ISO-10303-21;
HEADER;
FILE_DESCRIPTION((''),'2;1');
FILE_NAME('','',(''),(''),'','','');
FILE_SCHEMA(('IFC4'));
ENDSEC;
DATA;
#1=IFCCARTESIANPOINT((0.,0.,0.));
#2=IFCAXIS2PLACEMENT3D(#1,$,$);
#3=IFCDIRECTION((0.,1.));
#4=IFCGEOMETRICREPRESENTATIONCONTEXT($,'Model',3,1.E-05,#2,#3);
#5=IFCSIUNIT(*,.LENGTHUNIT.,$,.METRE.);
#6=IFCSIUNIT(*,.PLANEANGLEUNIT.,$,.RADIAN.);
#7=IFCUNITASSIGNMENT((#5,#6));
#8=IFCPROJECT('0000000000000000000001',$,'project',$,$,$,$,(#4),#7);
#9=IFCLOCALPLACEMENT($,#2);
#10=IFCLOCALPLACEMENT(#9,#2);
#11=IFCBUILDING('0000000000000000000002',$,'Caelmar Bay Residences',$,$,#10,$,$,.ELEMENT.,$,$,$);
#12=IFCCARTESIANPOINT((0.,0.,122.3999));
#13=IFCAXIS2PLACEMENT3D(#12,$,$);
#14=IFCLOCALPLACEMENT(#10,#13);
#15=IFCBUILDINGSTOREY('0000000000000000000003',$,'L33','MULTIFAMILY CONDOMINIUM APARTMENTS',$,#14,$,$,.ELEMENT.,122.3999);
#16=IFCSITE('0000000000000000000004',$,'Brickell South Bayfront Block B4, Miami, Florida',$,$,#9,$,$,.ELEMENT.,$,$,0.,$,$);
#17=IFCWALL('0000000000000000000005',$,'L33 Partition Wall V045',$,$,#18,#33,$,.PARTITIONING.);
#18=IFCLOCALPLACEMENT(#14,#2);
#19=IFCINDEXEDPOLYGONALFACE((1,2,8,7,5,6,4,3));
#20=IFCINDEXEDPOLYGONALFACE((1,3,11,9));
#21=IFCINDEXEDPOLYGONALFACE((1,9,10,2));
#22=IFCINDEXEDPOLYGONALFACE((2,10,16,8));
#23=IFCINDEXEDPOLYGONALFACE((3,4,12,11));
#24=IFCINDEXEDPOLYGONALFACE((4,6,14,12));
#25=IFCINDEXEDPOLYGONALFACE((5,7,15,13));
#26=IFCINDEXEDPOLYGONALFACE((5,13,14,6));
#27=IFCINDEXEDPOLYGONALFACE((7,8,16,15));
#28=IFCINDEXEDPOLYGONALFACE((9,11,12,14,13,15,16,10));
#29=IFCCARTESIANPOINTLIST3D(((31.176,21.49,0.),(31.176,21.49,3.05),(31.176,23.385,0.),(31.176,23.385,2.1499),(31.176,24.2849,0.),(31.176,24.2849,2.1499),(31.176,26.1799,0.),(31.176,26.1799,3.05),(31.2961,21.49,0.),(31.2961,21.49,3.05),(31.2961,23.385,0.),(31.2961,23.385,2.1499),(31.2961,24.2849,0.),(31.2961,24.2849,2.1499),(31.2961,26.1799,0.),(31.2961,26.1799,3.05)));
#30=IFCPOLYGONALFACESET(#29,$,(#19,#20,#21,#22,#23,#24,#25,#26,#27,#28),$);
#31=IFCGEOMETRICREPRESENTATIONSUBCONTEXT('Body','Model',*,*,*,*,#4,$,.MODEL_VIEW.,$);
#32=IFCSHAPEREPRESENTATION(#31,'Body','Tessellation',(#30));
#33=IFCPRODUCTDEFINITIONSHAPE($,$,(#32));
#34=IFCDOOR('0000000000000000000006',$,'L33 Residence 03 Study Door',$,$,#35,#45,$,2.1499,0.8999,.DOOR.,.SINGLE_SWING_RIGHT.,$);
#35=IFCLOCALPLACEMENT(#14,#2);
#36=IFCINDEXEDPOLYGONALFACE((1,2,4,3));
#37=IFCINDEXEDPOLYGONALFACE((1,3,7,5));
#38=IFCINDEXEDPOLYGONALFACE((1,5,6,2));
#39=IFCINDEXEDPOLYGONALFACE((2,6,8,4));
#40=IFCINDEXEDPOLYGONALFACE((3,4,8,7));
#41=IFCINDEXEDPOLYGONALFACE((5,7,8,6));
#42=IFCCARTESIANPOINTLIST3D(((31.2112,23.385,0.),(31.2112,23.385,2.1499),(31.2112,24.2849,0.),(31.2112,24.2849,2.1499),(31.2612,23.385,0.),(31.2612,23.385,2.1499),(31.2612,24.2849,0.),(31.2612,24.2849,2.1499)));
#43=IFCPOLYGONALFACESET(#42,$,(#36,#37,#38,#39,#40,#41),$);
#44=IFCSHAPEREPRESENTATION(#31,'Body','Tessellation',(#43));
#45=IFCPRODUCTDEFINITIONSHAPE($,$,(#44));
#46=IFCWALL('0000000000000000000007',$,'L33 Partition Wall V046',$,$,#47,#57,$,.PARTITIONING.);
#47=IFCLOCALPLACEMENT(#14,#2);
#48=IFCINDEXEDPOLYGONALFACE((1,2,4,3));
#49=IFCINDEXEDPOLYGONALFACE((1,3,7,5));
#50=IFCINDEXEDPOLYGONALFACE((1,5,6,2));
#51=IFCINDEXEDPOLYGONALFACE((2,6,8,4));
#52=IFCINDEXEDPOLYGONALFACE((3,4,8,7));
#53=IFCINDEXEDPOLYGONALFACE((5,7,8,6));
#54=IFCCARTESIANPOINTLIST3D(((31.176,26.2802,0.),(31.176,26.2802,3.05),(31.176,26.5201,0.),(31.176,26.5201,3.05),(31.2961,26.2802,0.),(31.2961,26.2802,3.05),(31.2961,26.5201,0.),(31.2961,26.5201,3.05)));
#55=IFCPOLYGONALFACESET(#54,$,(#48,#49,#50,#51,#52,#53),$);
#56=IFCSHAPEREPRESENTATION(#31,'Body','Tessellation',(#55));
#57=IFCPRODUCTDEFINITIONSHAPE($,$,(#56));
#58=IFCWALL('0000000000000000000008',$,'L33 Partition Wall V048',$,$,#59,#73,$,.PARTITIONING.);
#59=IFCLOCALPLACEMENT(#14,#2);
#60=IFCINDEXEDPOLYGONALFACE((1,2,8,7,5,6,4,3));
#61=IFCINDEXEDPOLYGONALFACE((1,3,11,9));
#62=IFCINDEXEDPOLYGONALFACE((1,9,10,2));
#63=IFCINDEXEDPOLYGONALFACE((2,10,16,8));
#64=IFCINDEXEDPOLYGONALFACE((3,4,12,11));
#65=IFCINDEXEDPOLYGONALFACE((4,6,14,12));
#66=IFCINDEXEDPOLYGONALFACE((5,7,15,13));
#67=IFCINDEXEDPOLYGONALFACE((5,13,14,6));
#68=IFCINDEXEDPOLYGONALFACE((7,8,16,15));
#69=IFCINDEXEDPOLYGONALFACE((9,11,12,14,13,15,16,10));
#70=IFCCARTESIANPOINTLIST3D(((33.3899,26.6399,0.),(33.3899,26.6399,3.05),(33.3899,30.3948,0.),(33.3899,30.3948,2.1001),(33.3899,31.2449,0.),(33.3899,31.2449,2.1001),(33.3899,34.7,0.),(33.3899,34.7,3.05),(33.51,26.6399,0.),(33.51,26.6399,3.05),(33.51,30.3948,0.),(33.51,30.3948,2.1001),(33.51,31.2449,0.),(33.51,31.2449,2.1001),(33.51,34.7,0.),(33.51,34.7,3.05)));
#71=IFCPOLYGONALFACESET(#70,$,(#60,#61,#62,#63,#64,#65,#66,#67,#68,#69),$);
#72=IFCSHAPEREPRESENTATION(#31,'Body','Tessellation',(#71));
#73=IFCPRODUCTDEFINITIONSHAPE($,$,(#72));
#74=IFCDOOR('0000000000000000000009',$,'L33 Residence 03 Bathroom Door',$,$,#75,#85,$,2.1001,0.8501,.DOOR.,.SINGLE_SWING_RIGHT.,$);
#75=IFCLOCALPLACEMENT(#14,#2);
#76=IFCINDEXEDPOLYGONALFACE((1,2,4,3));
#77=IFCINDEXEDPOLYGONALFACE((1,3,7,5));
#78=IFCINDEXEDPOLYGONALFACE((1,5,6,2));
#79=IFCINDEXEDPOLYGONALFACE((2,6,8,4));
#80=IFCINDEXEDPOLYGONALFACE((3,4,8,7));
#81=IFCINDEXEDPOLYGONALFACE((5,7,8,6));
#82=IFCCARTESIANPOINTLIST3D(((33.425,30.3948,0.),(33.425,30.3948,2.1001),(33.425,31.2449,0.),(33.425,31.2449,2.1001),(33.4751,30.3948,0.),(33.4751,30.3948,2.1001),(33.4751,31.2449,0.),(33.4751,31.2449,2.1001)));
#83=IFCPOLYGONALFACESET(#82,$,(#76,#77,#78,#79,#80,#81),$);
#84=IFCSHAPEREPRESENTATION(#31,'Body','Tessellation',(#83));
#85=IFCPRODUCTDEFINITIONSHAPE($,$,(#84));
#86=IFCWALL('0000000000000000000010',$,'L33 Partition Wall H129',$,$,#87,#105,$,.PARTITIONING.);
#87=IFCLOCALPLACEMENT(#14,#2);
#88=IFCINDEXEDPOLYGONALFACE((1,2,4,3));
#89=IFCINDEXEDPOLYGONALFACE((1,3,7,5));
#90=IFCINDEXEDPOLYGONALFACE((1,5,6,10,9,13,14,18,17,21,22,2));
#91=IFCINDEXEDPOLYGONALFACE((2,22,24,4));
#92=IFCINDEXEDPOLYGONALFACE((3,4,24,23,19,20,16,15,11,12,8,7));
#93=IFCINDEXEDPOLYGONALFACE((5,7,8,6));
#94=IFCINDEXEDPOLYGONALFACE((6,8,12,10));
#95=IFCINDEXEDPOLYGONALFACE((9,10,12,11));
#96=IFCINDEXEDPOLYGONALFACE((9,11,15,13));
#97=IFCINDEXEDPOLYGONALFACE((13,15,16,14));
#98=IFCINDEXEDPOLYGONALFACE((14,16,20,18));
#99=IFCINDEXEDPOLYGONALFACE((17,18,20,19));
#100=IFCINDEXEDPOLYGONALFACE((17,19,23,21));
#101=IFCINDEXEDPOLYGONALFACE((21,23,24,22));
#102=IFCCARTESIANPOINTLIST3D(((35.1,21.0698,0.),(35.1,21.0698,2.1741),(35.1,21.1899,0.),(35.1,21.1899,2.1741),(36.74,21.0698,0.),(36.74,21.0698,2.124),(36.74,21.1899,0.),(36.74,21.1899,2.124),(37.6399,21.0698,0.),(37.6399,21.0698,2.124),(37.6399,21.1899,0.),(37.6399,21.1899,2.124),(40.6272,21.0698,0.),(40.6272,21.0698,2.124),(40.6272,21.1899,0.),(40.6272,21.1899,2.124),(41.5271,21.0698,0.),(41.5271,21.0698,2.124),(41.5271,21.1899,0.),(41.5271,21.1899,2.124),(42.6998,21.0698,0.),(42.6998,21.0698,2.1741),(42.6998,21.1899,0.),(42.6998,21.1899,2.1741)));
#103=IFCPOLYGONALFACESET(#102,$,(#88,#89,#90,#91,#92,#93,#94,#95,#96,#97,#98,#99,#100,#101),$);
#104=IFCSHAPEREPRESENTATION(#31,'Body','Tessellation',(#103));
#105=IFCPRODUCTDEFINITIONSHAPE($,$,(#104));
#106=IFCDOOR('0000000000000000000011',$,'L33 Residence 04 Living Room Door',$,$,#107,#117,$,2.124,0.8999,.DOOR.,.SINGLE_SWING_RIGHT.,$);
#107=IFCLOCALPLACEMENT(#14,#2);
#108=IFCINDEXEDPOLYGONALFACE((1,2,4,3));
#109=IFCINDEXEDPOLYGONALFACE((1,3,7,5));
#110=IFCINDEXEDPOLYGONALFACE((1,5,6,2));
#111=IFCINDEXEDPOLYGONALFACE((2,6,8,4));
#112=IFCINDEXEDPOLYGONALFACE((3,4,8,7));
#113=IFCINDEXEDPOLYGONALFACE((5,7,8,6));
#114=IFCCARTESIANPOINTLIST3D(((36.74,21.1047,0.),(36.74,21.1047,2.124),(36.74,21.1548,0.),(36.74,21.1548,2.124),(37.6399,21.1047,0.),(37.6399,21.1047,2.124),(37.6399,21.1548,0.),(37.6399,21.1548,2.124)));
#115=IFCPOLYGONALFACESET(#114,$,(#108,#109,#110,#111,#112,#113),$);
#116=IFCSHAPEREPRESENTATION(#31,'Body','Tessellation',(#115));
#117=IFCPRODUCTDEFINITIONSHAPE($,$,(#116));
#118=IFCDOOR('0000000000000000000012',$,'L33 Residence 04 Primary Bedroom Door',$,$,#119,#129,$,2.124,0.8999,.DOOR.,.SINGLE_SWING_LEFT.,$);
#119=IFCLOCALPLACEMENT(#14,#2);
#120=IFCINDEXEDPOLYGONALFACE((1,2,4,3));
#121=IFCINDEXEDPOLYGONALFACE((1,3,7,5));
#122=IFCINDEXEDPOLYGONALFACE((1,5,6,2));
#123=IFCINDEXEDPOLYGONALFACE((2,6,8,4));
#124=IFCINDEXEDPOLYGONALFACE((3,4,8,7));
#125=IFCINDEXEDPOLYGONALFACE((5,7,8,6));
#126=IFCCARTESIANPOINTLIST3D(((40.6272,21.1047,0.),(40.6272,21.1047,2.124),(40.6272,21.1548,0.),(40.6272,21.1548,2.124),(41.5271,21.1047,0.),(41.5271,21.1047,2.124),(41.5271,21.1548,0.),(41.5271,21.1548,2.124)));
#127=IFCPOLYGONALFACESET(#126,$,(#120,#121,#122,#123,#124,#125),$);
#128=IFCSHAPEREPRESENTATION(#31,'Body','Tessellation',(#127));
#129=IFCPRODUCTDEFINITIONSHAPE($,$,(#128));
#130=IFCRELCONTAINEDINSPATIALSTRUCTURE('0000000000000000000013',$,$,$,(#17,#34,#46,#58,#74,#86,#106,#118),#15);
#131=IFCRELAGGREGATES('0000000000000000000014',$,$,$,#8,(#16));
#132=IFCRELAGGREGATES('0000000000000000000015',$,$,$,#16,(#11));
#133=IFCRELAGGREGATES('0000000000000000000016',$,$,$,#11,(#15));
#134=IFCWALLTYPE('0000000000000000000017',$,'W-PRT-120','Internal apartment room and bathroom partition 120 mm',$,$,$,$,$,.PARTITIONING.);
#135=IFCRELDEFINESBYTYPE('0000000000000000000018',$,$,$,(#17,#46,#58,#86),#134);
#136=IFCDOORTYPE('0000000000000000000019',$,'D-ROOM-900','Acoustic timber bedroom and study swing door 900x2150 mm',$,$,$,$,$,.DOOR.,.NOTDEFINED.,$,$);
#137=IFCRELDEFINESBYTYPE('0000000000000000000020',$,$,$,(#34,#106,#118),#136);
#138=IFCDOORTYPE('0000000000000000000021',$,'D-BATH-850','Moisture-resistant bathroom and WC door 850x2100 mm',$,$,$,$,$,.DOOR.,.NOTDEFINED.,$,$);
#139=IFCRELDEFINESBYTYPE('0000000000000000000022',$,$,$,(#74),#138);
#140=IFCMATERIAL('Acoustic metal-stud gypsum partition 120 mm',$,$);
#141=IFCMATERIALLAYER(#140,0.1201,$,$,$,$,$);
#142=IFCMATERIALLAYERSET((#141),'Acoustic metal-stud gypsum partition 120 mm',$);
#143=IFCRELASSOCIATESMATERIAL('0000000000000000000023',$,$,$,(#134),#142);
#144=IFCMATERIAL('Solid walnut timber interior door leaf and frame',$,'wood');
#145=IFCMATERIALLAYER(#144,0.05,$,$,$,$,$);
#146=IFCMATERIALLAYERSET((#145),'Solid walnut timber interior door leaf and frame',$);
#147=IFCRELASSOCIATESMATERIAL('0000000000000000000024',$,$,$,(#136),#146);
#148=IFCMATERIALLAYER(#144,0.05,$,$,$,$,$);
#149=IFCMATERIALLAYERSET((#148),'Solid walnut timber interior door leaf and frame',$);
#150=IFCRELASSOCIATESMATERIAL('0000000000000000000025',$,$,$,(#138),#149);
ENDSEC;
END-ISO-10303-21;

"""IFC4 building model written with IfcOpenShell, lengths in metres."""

from ifc_helpers import new_model, si_unit, direction, frame, frame_2d, origin, place, context, subcontext, project, spatial, rectangle, extrude, material, layer, layer_set, type_object, element, fill, save


model = new_model("IFC4")

# Units and contexts
model_context = context("Model", 3, precision=1e-05, world=origin(), true_north=direction((0.0, 1.0)))
body_context = subcontext(model_context, "Body", "Model", "MODEL_VIEW")
ifc_project = project(units=[si_unit("LENGTHUNIT", "METRE"), si_unit("PLANEANGLEUNIT", "RADIAN")], contexts=[model_context])

# Site, building, storey
site_placement = place(None, origin())
site = spatial("IfcSite", under=ifc_project, at=site_placement, Name="Brickell South Bayfront Block B4, Miami, Florida", CompositionType="ELEMENT", RefElevation=0.0)
building_placement = place(site_placement, origin())
building = spatial("IfcBuilding", under=site, at=building_placement, Name="Caelmar Bay Residences", CompositionType="ELEMENT")
storey_placement = place(building_placement, frame((0.0, 0.0, 122.3999)))
storey = spatial("IfcBuildingStorey", under=building, at=storey_placement, Name="L33", Description="MULTIFAMILY CONDOMINIUM APARTMENTS", CompositionType="ELEMENT", Elevation=122.3999)

# Shared definitions
ifc_material_1 = material(Name="Acoustic metal-stud gypsum partition 120 mm")
ifc_layer_1 = layer(ifc_material_1, 0.1201)
ifc_layer_set_1 = layer_set([ifc_layer_1], Name="Acoustic metal-stud gypsum partition 120 mm")
wall_type_1 = type_object("IfcWallType", Name="W-PRT-120", Description="Internal apartment room and bathroom partition 120 mm", PredefinedType="PARTITIONING", material=ifc_layer_set_1)

# Wall, opening, door
wall_1_placement = place(storey_placement, frame((31.2361, 21.49, 0.0), z_axis=(0.0, 0.0, 1.0), x_axis=(0.0, 1.0, 0.0)))
wall_1 = element("IfcWall", 1, at=wall_1_placement, inside=storey, type_object=wall_type_1, Name="L33 Partition Wall V045", PredefinedType="PARTITIONING", context=body_context, shape_type="SweptSolid", body=[
    extrude(rectangle(XDim=4.6899, YDim=0.1201, at=frame_2d((2.345, 0.0))), origin(), (0.0, 0.0, 1.0), 3.05),
])
opening_1_placement = place(wall_1_placement, frame((1.895, 0.0, 0.0)))
opening_1 = element("IfcOpeningElement", 2, at=opening_1_placement, cuts=wall_1, PredefinedType="OPENING", context=body_context, shape_type="SweptSolid", body=[
    extrude(rectangle(XDim=0.8999, YDim=2.1499, at=frame_2d((0.45, 1.075))), frame((0.0, 0.0701, 0.0), z_axis=(0.0, -1.0, 0.0), x_axis=(1.0, 0.0, 0.0)), (0.0, 0.0, 1.0), 0.1401),
])
ifc_material_2 = material(Name="Solid walnut timber interior door leaf and frame", Category="wood")
ifc_layer_2 = layer(ifc_material_2, 0.05)
ifc_layer_set_2 = layer_set([ifc_layer_2], Name="Solid walnut timber interior door leaf and frame")
door_type_1 = type_object("IfcDoorType", Name="D-ROOM-900", Description="Acoustic timber bedroom and study swing door 900x2150 mm", OperationType="NOTDEFINED", PredefinedType="DOOR", material=ifc_layer_set_2)
door_1_placement = place(opening_1_placement, origin())
door_1 = element("IfcDoor", 3, at=door_1_placement, inside=storey, type_object=door_type_1, Name="L33 Residence 03 Study Door", OperationType="SINGLE_SWING_RIGHT", OverallHeight=2.1499, OverallWidth=0.8999, PredefinedType="DOOR", context=body_context, shape_type="SweptSolid", body=[
    extrude(rectangle(XDim=0.8999, YDim=2.1499, at=frame_2d((0.45, 1.075))), frame((0.0, 0.0249, 0.0), z_axis=(0.0, -1.0, 0.0), x_axis=(1.0, 0.0, 0.0)), (0.0, 0.0, 1.0), 0.05),
])
fill(opening_1, door_1)

# Wall
wall_2_placement = place(storey_placement, frame((31.2361, 26.28, 0.0), z_axis=(0.0, 0.0, 1.0), x_axis=(0.0, 1.0, 0.0)))
element("IfcWall", 4, at=wall_2_placement, inside=storey, type_object=wall_type_1, Name="L33 Partition Wall V046", PredefinedType="PARTITIONING", context=body_context, shape_type="SweptSolid", body=[
    extrude(rectangle(XDim=0.24, YDim=0.1201, at=frame_2d((0.1201, 0.0))), origin(), (0.0, 0.0, 1.0), 3.05),
])

# Wall, opening, door
wall_3_placement = place(storey_placement, frame((33.45, 26.6399, 0.0), z_axis=(0.0, 0.0, 1.0), x_axis=(0.0, 1.0, 0.0)))
wall_3 = element("IfcWall", 5, at=wall_3_placement, inside=storey, type_object=wall_type_1, Name="L33 Partition Wall V048", PredefinedType="PARTITIONING", context=body_context, shape_type="SweptSolid", body=[
    extrude(rectangle(XDim=8.0601, YDim=0.1201, at=frame_2d((4.03, 0.0))), origin(), (0.0, 0.0, 1.0), 3.05),
])
opening_2_placement = place(wall_3_placement, frame((3.7549, 0.0, 0.0)))
opening_2 = element("IfcOpeningElement", 6, at=opening_2_placement, cuts=wall_3, PredefinedType="OPENING", context=body_context, shape_type="SweptSolid", body=[
    extrude(rectangle(XDim=0.8501, YDim=2.1001, at=frame_2d((0.425, 1.05))), frame((0.0, 0.0701, 0.0), z_axis=(0.0, -1.0, 0.0), x_axis=(1.0, 0.0, 0.0)), (0.0, 0.0, 1.0), 0.1401),
])
ifc_layer_3 = layer(ifc_material_2, 0.05)
ifc_layer_set_3 = layer_set([ifc_layer_3], Name="Solid walnut timber interior door leaf and frame")
door_type_2 = type_object("IfcDoorType", Name="D-BATH-850", Description="Moisture-resistant bathroom and WC door 850x2100 mm", OperationType="NOTDEFINED", PredefinedType="DOOR", material=ifc_layer_set_3)
door_2_placement = place(opening_2_placement, origin())
door_2 = element("IfcDoor", 7, at=door_2_placement, inside=storey, type_object=door_type_2, Name="L33 Residence 03 Bathroom Door", OperationType="SINGLE_SWING_RIGHT", OverallHeight=2.1001, OverallWidth=0.8501, PredefinedType="DOOR", context=body_context, shape_type="SweptSolid", body=[
    extrude(rectangle(XDim=0.8501, YDim=2.1001, at=frame_2d((0.425, 1.05))), frame((0.0, 0.0249, 0.0), z_axis=(0.0, -1.0, 0.0), x_axis=(1.0, 0.0, 0.0)), (0.0, 0.0, 1.0), 0.05),
])
fill(opening_2, door_2)

# Wall, openings, doors
wall_4_placement = place(storey_placement, frame((35.1001, 21.1299, 0.0), z_axis=(0.0, 0.0, 1.0), x_axis=(1.0, 0.0, 0.0)))
wall_4 = element("IfcWall", 8, at=wall_4_placement, inside=storey, type_object=wall_type_1, Name="L33 Partition Wall H129", PredefinedType="PARTITIONING", context=body_context, shape_type="SweptSolid", body=[
    extrude(rectangle(XDim=7.5999, YDim=0.1201, at=frame_2d((3.7998, 0.0))), origin(), (0.0, 0.0, 1.0), 2.1741),
])
opening_3_placement = place(wall_4_placement, frame((1.6399, 0.0, 0.0)))
opening_3 = element("IfcOpeningElement", 9, at=opening_3_placement, cuts=wall_4, PredefinedType="OPENING", context=body_context, shape_type="SweptSolid", body=[
    extrude(rectangle(XDim=0.8999, YDim=2.124, at=frame_2d((0.45, 1.062))), frame((0.0, 0.0701, 0.0), z_axis=(0.0, -1.0, 0.0), x_axis=(1.0, 0.0, 0.0)), (0.0, 0.0, 1.0), 0.1401),
])
opening_4_placement = place(wall_4_placement, frame((5.5271, 0.0, 0.0)))
opening_4 = element("IfcOpeningElement", 10, at=opening_4_placement, cuts=wall_4, PredefinedType="OPENING", context=body_context, shape_type="SweptSolid", body=[
    extrude(rectangle(XDim=0.8999, YDim=2.124, at=frame_2d((0.45, 1.062))), frame((0.0, 0.0701, 0.0), z_axis=(0.0, -1.0, 0.0), x_axis=(1.0, 0.0, 0.0)), (0.0, 0.0, 1.0), 0.1401),
])
door_3_placement = place(opening_3_placement, origin())
door_3 = element("IfcDoor", 11, at=door_3_placement, inside=storey, type_object=door_type_1, Name="L33 Residence 04 Living Room Door", OperationType="SINGLE_SWING_RIGHT", OverallHeight=2.124, OverallWidth=0.8999, PredefinedType="DOOR", context=body_context, shape_type="SweptSolid", body=[
    extrude(rectangle(XDim=0.8999, YDim=2.124, at=frame_2d((0.45, 1.062))), frame((0.0, 0.0249, 0.0), z_axis=(0.0, -1.0, 0.0), x_axis=(1.0, 0.0, 0.0)), (0.0, 0.0, 1.0), 0.05),
])
fill(opening_3, door_3)
door_4_placement = place(opening_4_placement, origin())
door_4 = element("IfcDoor", 12, at=door_4_placement, inside=storey, type_object=door_type_1, Name="L33 Residence 04 Primary Bedroom Door", OperationType="SINGLE_SWING_LEFT", OverallHeight=2.124, OverallWidth=0.8999, PredefinedType="DOOR", context=body_context, shape_type="SweptSolid", body=[
    extrude(rectangle(XDim=0.8999, YDim=2.124, at=frame_2d((0.45, 1.062))), frame((0.0, 0.0249, 0.0), z_axis=(0.0, -1.0, 0.0), x_axis=(1.0, 0.0, 0.0)), (0.0, 0.0, 1.0), 0.05),
])
fill(opening_4, door_4)

save(model, "model.ifc")
